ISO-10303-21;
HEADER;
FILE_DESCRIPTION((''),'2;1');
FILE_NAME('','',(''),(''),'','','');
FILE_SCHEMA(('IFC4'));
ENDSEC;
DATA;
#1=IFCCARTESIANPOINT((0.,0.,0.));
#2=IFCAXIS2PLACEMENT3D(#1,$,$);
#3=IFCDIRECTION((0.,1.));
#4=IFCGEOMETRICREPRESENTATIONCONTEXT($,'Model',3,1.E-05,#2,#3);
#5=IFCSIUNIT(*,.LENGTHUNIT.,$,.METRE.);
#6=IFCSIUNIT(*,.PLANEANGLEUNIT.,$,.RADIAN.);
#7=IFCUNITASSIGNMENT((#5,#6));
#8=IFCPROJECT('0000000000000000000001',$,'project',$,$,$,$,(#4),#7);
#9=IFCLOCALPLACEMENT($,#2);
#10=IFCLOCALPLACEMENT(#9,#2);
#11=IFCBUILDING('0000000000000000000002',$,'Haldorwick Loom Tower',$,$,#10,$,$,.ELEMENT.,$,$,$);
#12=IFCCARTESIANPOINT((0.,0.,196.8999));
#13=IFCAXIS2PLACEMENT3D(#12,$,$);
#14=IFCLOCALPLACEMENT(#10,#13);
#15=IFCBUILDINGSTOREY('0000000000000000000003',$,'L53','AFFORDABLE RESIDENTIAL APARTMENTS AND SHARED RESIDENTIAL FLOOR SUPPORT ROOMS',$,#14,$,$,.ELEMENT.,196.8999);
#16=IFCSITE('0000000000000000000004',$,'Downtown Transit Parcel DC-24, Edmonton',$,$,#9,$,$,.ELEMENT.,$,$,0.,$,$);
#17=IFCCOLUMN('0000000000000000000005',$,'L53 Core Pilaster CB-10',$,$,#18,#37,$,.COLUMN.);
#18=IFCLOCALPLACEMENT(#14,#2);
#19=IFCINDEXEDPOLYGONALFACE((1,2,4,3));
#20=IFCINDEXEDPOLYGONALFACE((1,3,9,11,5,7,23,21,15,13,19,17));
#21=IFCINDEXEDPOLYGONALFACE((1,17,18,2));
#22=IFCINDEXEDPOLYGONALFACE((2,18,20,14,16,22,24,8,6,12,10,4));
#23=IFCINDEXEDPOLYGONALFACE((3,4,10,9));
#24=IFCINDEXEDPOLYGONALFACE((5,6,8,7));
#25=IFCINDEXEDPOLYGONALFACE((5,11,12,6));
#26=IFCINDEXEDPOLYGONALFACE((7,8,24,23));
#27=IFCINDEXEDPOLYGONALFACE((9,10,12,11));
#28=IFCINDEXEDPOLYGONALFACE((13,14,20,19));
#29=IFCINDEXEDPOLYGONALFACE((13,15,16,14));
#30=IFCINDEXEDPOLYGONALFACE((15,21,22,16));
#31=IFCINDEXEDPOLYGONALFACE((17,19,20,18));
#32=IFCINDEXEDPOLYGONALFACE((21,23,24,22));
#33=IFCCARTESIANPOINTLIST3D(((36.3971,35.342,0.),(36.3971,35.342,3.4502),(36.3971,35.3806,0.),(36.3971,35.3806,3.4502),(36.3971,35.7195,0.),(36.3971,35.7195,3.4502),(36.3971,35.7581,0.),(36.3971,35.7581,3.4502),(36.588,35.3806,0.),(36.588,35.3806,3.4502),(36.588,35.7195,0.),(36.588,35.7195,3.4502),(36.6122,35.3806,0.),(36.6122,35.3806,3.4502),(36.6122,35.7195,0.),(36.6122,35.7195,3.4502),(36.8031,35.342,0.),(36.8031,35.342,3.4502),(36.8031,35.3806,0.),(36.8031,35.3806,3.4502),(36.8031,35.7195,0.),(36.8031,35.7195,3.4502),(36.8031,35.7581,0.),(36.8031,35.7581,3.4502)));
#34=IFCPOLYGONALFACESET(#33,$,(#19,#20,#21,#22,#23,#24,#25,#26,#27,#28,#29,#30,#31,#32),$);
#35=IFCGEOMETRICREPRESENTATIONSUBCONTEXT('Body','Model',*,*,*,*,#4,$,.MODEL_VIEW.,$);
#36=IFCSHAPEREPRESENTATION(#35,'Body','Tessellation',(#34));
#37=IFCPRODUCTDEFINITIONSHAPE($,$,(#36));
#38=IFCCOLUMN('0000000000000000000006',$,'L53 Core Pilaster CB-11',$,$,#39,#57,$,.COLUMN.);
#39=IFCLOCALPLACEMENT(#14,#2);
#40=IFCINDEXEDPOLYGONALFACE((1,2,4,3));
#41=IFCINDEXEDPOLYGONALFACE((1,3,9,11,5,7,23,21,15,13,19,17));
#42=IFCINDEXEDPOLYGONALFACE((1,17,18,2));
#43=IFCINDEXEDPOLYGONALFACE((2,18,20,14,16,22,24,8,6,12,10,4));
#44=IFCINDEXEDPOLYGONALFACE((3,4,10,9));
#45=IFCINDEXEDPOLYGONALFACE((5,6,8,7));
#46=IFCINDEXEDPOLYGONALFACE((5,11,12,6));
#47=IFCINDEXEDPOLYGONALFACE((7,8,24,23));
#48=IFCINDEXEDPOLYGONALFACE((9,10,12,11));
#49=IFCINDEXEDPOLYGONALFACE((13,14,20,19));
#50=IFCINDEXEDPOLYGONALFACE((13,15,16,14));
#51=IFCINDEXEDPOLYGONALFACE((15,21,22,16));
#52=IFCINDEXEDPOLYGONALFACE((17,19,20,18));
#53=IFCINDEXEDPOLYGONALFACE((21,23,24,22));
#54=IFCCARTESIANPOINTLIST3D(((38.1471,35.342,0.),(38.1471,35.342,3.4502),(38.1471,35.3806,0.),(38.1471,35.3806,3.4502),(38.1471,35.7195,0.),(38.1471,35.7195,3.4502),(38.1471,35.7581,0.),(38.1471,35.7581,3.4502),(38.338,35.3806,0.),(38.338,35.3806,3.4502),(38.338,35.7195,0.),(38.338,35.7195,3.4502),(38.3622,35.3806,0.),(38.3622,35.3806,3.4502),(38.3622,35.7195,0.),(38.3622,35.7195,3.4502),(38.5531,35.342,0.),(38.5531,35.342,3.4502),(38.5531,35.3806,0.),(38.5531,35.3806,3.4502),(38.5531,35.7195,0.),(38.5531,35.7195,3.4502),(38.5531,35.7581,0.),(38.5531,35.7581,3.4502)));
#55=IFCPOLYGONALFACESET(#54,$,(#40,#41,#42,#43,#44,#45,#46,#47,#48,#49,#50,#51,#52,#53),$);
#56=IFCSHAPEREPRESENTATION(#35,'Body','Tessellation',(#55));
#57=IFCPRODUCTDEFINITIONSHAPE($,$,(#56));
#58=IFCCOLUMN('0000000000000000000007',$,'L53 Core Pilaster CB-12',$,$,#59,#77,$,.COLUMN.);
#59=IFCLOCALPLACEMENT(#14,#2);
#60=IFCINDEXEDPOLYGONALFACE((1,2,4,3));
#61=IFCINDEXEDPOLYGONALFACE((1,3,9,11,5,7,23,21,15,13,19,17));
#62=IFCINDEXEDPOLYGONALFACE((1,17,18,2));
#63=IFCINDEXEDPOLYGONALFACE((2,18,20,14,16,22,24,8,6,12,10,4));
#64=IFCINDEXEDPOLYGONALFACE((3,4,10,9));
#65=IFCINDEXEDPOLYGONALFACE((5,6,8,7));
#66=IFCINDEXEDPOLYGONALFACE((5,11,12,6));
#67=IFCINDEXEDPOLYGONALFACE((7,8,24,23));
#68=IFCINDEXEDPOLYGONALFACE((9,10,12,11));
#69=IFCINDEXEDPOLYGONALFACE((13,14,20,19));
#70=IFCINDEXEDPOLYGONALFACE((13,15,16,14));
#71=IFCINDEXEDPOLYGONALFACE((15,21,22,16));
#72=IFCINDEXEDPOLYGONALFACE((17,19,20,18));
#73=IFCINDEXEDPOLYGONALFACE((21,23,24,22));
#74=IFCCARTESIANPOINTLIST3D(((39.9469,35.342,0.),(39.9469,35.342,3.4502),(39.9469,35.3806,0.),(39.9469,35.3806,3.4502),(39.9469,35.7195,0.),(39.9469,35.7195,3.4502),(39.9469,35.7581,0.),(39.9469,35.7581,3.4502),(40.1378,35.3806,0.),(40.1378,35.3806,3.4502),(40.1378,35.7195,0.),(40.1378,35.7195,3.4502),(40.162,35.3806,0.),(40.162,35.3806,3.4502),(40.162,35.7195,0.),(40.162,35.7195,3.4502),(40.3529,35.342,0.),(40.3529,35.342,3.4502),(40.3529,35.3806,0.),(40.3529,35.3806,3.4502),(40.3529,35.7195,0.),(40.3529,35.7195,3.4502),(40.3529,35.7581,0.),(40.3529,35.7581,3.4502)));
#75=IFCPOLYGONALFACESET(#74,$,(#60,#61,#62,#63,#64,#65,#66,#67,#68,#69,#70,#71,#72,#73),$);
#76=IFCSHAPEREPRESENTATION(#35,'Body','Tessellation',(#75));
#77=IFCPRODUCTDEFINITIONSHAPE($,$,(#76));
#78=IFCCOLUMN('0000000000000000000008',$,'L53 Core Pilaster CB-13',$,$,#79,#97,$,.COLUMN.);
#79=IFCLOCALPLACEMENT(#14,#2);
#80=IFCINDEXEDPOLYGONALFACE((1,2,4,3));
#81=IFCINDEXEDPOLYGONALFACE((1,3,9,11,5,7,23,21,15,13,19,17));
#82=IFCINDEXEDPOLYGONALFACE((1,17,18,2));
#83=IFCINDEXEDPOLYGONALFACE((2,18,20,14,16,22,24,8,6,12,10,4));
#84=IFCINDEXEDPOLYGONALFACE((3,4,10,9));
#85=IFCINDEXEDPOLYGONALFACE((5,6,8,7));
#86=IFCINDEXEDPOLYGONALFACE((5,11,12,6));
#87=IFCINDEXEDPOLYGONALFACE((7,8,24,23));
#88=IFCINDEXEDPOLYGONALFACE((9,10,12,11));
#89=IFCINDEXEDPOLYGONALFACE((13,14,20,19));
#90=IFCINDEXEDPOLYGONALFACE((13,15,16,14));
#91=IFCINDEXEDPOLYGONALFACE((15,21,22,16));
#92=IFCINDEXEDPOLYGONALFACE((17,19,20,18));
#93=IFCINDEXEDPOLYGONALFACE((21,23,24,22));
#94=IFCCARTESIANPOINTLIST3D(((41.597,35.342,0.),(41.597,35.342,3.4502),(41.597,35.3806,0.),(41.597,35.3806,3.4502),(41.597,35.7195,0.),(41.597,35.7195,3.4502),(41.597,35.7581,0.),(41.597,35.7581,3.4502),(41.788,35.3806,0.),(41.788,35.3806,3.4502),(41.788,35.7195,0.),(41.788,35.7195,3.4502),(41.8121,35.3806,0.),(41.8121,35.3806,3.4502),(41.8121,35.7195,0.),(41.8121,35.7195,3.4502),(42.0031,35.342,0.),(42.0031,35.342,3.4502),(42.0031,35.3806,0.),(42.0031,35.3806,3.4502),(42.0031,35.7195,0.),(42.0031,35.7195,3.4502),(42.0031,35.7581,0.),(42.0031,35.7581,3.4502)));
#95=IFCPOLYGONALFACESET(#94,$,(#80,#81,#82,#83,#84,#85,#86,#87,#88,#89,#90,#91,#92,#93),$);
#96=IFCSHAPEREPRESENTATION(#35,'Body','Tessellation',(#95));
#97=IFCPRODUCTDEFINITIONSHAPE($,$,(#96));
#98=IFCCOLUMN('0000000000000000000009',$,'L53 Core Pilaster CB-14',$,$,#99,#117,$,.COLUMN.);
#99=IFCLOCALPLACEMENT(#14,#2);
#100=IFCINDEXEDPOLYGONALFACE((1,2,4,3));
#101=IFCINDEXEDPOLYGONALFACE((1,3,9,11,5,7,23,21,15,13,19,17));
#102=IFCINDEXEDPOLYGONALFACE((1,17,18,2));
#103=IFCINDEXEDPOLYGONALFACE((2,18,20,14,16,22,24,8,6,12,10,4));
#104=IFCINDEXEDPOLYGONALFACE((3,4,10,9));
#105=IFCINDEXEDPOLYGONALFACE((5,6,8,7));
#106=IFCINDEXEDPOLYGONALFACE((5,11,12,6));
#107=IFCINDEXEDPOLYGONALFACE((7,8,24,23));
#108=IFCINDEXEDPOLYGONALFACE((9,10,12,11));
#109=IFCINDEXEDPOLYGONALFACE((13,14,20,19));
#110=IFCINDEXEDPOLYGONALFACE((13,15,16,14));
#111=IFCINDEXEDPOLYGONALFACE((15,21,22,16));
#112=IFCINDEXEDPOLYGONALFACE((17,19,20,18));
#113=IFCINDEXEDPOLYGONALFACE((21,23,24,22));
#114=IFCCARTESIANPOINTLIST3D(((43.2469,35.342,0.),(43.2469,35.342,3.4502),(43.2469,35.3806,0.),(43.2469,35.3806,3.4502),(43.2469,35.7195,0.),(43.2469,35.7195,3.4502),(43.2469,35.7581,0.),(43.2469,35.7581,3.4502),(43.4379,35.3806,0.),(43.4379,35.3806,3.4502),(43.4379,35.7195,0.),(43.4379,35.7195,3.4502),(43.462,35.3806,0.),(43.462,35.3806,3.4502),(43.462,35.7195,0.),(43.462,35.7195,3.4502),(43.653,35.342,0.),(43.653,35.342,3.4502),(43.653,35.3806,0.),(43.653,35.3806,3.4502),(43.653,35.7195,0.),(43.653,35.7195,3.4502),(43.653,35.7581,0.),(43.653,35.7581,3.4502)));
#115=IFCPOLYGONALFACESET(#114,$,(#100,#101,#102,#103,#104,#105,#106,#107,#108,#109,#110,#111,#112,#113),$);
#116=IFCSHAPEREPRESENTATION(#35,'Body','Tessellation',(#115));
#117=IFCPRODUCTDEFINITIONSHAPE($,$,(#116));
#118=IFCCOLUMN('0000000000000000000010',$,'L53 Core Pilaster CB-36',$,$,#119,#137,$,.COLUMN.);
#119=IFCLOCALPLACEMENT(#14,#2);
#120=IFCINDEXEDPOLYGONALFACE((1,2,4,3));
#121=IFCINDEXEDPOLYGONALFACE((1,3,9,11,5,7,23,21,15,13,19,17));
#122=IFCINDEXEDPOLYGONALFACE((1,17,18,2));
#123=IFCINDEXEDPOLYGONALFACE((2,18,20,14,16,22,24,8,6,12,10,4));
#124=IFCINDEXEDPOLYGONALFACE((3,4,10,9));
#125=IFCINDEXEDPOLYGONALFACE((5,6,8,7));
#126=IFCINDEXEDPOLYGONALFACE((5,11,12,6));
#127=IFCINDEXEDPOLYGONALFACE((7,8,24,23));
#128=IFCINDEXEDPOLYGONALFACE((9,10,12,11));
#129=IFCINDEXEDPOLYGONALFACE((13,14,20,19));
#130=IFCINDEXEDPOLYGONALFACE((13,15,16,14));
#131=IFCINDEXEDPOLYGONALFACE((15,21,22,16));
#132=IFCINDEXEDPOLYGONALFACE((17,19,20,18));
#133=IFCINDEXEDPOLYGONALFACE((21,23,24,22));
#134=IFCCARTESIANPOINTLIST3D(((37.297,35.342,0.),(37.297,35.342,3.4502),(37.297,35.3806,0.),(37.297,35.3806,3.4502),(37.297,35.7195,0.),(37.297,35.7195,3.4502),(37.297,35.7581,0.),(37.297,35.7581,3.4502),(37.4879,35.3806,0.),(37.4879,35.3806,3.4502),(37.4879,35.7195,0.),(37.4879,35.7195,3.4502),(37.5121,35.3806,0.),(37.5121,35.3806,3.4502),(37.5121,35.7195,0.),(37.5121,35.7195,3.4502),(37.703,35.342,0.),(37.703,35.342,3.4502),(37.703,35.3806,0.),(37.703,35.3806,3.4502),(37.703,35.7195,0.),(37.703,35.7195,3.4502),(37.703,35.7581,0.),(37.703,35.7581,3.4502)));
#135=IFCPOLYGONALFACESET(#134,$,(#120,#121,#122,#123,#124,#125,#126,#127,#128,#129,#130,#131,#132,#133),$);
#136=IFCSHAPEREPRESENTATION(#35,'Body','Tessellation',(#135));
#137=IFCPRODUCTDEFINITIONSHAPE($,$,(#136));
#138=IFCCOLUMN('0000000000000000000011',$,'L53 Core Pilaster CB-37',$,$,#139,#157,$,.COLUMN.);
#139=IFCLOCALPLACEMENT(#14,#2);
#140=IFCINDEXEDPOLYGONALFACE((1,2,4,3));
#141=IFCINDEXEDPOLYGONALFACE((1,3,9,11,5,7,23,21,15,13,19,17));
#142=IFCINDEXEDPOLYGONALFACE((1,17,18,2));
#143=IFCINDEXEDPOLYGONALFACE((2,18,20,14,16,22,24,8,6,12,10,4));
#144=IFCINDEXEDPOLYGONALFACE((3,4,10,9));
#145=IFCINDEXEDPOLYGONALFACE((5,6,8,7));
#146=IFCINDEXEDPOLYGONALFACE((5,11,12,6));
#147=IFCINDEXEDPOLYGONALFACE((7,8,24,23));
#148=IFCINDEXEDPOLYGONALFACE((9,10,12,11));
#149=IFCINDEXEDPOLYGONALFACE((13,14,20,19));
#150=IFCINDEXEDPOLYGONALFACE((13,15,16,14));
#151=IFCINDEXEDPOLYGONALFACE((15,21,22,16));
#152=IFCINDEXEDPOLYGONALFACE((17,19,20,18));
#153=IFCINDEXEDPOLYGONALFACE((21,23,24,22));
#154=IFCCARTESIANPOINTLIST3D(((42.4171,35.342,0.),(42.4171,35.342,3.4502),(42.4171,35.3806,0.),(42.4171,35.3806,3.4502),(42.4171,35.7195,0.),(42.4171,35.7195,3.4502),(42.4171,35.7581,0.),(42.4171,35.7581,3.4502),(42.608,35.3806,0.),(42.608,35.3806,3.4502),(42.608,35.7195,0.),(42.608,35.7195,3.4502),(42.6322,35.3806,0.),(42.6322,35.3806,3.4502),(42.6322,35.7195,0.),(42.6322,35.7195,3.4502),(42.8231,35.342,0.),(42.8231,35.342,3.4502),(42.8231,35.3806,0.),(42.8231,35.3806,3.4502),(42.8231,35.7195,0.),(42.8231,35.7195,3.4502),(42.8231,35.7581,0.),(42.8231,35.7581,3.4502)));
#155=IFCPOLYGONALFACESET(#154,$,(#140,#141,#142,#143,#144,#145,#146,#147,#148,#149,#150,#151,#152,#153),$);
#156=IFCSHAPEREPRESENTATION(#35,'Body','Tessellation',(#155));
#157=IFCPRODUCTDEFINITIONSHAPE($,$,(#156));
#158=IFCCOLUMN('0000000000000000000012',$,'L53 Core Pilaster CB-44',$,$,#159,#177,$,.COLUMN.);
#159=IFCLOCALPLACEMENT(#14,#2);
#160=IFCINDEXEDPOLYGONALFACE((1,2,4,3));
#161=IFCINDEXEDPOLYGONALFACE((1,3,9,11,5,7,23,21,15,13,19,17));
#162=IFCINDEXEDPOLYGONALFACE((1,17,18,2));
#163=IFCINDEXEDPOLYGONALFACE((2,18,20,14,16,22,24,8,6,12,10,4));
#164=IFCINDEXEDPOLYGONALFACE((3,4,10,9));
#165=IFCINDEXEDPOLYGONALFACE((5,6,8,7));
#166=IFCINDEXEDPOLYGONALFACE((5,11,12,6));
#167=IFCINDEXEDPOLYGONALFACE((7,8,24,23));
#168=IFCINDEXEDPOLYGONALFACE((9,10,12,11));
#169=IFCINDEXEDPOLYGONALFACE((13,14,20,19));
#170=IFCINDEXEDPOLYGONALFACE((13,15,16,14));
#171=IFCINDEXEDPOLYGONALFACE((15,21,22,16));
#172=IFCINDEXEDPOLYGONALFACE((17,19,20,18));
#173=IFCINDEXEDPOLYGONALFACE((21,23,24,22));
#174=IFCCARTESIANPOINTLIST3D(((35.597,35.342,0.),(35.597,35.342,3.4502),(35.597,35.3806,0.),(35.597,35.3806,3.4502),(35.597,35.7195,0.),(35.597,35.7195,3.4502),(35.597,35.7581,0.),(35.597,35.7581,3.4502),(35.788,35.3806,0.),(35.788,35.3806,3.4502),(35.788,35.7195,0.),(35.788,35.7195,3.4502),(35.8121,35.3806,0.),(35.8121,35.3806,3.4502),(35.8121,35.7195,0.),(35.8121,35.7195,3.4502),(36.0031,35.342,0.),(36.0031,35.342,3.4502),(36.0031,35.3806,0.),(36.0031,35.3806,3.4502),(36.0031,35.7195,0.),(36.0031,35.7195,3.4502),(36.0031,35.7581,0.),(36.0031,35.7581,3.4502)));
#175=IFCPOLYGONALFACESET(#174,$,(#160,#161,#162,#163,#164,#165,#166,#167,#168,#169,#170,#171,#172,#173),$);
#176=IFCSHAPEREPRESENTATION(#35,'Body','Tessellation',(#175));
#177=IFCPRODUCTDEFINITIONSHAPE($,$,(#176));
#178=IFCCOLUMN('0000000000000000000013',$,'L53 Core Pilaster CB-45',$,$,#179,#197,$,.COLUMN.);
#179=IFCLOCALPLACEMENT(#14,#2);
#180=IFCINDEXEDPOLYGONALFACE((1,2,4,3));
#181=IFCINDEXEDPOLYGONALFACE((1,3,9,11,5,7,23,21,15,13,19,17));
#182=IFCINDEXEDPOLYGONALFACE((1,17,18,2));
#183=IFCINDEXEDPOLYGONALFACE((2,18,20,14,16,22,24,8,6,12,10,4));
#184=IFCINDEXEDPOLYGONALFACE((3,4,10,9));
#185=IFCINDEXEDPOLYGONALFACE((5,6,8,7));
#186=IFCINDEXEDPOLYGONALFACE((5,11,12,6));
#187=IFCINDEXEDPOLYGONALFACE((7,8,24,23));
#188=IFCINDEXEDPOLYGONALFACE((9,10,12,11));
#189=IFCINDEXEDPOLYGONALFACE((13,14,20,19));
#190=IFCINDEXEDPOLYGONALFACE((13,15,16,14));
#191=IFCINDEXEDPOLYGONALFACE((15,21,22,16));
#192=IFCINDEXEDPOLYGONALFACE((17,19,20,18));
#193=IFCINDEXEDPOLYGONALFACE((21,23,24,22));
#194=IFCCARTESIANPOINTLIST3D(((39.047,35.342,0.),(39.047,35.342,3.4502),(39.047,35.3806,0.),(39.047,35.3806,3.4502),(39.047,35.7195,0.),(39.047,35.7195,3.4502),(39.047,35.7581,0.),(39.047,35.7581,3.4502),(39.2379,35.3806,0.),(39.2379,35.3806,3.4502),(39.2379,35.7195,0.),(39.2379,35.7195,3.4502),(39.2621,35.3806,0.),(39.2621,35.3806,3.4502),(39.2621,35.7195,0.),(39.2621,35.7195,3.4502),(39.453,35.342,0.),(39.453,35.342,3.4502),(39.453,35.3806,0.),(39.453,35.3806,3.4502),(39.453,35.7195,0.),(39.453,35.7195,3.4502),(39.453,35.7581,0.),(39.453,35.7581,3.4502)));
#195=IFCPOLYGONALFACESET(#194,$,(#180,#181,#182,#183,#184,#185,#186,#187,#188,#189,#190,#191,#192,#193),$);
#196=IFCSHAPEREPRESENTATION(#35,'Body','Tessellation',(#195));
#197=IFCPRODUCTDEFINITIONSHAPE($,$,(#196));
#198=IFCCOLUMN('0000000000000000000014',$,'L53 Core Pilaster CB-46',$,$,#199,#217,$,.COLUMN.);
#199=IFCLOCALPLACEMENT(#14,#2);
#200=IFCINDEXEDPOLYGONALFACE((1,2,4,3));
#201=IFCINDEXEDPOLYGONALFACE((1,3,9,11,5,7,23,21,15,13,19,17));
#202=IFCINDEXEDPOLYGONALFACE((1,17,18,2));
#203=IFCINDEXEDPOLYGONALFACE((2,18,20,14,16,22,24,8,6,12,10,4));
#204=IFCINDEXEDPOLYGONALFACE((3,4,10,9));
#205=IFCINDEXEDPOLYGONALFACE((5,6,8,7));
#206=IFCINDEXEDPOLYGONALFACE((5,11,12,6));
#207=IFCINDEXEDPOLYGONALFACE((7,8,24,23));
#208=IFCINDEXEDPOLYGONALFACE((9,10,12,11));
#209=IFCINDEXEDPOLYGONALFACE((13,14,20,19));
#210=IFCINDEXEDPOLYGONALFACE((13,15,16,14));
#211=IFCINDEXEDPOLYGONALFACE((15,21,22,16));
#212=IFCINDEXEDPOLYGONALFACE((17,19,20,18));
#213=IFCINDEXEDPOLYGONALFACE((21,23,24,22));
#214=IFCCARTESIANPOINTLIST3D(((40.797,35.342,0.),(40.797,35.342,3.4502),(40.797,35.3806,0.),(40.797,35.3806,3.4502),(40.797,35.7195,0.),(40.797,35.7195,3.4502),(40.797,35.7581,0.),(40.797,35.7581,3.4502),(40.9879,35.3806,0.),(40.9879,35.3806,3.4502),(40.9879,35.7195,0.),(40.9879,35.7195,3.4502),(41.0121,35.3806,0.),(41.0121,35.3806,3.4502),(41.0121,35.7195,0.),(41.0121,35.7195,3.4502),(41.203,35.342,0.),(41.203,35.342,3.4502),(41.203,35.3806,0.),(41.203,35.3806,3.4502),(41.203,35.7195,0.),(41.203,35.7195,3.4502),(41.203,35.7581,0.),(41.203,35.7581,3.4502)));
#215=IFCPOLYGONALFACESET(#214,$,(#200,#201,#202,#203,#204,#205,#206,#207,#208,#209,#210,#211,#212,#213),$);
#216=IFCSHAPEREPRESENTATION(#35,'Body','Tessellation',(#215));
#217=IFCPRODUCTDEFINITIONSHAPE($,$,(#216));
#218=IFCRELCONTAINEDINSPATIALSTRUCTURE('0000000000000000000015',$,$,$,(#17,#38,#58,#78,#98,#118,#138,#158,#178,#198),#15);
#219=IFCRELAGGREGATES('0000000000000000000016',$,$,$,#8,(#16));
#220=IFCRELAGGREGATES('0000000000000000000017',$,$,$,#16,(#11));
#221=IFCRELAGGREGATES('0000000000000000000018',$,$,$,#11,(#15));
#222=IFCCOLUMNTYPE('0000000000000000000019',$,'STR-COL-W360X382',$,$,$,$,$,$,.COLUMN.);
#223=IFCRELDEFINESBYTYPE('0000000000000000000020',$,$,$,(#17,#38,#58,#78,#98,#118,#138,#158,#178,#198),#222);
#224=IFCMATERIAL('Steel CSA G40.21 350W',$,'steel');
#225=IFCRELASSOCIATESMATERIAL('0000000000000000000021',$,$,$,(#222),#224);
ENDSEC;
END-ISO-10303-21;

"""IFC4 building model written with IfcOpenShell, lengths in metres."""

from ifc_helpers import new_model, si_unit, direction, frame, origin, origin_2d, place, context, subcontext, project, spatial, i_section, extrude, material, material_profile, profile_set, type_object, element, save


model = new_model("IFC4")

# Units and contexts
model_context = context("Model", 3, precision=1e-05, world=origin(), true_north=direction((0.0, 1.0)))
body_context = subcontext(model_context, "Body", "Model", "MODEL_VIEW")
ifc_project = project(units=[si_unit("LENGTHUNIT", "METRE"), si_unit("PLANEANGLEUNIT", "RADIAN")], contexts=[model_context])

# Site, building, storey
site_placement = place(None, origin())
site = spatial("IfcSite", under=ifc_project, at=site_placement, Name="Downtown Transit Parcel DC-24, Edmonton", CompositionType="ELEMENT", RefElevation=0.0)
building_placement = place(site_placement, origin())
building = spatial("IfcBuilding", under=site, at=building_placement, Name="Haldorwick Loom Tower", CompositionType="ELEMENT")
storey_placement = place(building_placement, frame((0.0, 0.0, 196.8999)))
storey = spatial("IfcBuildingStorey", under=building, at=storey_placement, Name="L53", Description="AFFORDABLE RESIDENTIAL APARTMENTS AND SHARED RESIDENTIAL FLOOR SUPPORT ROOMS", CompositionType="ELEMENT", Elevation=196.8999)

# Columns
ifc_material_1 = material(Name="Steel CSA G40.21 350W", Category="steel")
ifc_material_profile_1 = material_profile(ifc_material_1, i_section(OverallWidth=0.406, OverallDepth=0.416, WebThickness=0.0242, FlangeThickness=0.0386, at=origin_2d()), Name="W360X382", Category="steel")
ifc_profile_set_1 = profile_set([ifc_material_profile_1], Name="Steel CSA G40.21 350W")
column_type = type_object("IfcColumnType", Name="STR-COL-W360X382", PredefinedType="COLUMN", material=ifc_profile_set_1)
for number, where, z_axis, x_axis, name in (
    (1, (36.6001, 35.55, 0.0), (0.0, 0.0, 1.0), (1.0, 0.0, 0.0), "L53 Core Pilaster CB-10"),
    (2, (38.3501, 35.55, 0.0), (0.0, 0.0, 1.0), (1.0, 0.0, 0.0), "L53 Core Pilaster CB-11"),
    (3, (40.1499, 35.55, 0.0), (0.0, 0.0, 1.0), (1.0, 0.0, 0.0), "L53 Core Pilaster CB-12"),
    (4, (41.8, 35.55, 0.0), (0.0, 0.0, 1.0), (1.0, 0.0, 0.0), "L53 Core Pilaster CB-13"),
    (5, (43.45, 35.55, 0.0), (0.0, 0.0, 1.0), (1.0, 0.0, 0.0), "L53 Core Pilaster CB-14"),
    (6, (37.5, 35.55, 0.0), (0.0, 0.0, 1.0), (1.0, 0.0, 0.0), "L53 Core Pilaster CB-36"),
    (7, (42.6201, 35.55, 0.0), (0.0, 0.0, 1.0), (1.0, 0.0, 0.0), "L53 Core Pilaster CB-37"),
    (8, (35.8, 35.55, 0.0), (0.0, 0.0, 1.0), (1.0, 0.0, 0.0), "L53 Core Pilaster CB-44"),
    (9, (39.25, 35.55, 0.0), (0.0, 0.0, 1.0), (1.0, 0.0, 0.0), "L53 Core Pilaster CB-45"),
    (10, (41.0, 35.55, 0.0), (0.0, 0.0, 1.0), (1.0, 0.0, 0.0), "L53 Core Pilaster CB-46"),
):
    element("IfcColumn", number, at=place(storey_placement, frame(where, z_axis=z_axis, x_axis=x_axis)), inside=storey, type_object=column_type, Name=name, PredefinedType="COLUMN", context=body_context, shape_type="SweptSolid", body=[
        extrude(i_section(OverallWidth=0.406, OverallDepth=0.416, WebThickness=0.0242, FlangeThickness=0.0386, at=origin_2d()), origin(), (0.0, 0.0, 1.0), 3.4502),
    ])

save(model, "model.ifc")
